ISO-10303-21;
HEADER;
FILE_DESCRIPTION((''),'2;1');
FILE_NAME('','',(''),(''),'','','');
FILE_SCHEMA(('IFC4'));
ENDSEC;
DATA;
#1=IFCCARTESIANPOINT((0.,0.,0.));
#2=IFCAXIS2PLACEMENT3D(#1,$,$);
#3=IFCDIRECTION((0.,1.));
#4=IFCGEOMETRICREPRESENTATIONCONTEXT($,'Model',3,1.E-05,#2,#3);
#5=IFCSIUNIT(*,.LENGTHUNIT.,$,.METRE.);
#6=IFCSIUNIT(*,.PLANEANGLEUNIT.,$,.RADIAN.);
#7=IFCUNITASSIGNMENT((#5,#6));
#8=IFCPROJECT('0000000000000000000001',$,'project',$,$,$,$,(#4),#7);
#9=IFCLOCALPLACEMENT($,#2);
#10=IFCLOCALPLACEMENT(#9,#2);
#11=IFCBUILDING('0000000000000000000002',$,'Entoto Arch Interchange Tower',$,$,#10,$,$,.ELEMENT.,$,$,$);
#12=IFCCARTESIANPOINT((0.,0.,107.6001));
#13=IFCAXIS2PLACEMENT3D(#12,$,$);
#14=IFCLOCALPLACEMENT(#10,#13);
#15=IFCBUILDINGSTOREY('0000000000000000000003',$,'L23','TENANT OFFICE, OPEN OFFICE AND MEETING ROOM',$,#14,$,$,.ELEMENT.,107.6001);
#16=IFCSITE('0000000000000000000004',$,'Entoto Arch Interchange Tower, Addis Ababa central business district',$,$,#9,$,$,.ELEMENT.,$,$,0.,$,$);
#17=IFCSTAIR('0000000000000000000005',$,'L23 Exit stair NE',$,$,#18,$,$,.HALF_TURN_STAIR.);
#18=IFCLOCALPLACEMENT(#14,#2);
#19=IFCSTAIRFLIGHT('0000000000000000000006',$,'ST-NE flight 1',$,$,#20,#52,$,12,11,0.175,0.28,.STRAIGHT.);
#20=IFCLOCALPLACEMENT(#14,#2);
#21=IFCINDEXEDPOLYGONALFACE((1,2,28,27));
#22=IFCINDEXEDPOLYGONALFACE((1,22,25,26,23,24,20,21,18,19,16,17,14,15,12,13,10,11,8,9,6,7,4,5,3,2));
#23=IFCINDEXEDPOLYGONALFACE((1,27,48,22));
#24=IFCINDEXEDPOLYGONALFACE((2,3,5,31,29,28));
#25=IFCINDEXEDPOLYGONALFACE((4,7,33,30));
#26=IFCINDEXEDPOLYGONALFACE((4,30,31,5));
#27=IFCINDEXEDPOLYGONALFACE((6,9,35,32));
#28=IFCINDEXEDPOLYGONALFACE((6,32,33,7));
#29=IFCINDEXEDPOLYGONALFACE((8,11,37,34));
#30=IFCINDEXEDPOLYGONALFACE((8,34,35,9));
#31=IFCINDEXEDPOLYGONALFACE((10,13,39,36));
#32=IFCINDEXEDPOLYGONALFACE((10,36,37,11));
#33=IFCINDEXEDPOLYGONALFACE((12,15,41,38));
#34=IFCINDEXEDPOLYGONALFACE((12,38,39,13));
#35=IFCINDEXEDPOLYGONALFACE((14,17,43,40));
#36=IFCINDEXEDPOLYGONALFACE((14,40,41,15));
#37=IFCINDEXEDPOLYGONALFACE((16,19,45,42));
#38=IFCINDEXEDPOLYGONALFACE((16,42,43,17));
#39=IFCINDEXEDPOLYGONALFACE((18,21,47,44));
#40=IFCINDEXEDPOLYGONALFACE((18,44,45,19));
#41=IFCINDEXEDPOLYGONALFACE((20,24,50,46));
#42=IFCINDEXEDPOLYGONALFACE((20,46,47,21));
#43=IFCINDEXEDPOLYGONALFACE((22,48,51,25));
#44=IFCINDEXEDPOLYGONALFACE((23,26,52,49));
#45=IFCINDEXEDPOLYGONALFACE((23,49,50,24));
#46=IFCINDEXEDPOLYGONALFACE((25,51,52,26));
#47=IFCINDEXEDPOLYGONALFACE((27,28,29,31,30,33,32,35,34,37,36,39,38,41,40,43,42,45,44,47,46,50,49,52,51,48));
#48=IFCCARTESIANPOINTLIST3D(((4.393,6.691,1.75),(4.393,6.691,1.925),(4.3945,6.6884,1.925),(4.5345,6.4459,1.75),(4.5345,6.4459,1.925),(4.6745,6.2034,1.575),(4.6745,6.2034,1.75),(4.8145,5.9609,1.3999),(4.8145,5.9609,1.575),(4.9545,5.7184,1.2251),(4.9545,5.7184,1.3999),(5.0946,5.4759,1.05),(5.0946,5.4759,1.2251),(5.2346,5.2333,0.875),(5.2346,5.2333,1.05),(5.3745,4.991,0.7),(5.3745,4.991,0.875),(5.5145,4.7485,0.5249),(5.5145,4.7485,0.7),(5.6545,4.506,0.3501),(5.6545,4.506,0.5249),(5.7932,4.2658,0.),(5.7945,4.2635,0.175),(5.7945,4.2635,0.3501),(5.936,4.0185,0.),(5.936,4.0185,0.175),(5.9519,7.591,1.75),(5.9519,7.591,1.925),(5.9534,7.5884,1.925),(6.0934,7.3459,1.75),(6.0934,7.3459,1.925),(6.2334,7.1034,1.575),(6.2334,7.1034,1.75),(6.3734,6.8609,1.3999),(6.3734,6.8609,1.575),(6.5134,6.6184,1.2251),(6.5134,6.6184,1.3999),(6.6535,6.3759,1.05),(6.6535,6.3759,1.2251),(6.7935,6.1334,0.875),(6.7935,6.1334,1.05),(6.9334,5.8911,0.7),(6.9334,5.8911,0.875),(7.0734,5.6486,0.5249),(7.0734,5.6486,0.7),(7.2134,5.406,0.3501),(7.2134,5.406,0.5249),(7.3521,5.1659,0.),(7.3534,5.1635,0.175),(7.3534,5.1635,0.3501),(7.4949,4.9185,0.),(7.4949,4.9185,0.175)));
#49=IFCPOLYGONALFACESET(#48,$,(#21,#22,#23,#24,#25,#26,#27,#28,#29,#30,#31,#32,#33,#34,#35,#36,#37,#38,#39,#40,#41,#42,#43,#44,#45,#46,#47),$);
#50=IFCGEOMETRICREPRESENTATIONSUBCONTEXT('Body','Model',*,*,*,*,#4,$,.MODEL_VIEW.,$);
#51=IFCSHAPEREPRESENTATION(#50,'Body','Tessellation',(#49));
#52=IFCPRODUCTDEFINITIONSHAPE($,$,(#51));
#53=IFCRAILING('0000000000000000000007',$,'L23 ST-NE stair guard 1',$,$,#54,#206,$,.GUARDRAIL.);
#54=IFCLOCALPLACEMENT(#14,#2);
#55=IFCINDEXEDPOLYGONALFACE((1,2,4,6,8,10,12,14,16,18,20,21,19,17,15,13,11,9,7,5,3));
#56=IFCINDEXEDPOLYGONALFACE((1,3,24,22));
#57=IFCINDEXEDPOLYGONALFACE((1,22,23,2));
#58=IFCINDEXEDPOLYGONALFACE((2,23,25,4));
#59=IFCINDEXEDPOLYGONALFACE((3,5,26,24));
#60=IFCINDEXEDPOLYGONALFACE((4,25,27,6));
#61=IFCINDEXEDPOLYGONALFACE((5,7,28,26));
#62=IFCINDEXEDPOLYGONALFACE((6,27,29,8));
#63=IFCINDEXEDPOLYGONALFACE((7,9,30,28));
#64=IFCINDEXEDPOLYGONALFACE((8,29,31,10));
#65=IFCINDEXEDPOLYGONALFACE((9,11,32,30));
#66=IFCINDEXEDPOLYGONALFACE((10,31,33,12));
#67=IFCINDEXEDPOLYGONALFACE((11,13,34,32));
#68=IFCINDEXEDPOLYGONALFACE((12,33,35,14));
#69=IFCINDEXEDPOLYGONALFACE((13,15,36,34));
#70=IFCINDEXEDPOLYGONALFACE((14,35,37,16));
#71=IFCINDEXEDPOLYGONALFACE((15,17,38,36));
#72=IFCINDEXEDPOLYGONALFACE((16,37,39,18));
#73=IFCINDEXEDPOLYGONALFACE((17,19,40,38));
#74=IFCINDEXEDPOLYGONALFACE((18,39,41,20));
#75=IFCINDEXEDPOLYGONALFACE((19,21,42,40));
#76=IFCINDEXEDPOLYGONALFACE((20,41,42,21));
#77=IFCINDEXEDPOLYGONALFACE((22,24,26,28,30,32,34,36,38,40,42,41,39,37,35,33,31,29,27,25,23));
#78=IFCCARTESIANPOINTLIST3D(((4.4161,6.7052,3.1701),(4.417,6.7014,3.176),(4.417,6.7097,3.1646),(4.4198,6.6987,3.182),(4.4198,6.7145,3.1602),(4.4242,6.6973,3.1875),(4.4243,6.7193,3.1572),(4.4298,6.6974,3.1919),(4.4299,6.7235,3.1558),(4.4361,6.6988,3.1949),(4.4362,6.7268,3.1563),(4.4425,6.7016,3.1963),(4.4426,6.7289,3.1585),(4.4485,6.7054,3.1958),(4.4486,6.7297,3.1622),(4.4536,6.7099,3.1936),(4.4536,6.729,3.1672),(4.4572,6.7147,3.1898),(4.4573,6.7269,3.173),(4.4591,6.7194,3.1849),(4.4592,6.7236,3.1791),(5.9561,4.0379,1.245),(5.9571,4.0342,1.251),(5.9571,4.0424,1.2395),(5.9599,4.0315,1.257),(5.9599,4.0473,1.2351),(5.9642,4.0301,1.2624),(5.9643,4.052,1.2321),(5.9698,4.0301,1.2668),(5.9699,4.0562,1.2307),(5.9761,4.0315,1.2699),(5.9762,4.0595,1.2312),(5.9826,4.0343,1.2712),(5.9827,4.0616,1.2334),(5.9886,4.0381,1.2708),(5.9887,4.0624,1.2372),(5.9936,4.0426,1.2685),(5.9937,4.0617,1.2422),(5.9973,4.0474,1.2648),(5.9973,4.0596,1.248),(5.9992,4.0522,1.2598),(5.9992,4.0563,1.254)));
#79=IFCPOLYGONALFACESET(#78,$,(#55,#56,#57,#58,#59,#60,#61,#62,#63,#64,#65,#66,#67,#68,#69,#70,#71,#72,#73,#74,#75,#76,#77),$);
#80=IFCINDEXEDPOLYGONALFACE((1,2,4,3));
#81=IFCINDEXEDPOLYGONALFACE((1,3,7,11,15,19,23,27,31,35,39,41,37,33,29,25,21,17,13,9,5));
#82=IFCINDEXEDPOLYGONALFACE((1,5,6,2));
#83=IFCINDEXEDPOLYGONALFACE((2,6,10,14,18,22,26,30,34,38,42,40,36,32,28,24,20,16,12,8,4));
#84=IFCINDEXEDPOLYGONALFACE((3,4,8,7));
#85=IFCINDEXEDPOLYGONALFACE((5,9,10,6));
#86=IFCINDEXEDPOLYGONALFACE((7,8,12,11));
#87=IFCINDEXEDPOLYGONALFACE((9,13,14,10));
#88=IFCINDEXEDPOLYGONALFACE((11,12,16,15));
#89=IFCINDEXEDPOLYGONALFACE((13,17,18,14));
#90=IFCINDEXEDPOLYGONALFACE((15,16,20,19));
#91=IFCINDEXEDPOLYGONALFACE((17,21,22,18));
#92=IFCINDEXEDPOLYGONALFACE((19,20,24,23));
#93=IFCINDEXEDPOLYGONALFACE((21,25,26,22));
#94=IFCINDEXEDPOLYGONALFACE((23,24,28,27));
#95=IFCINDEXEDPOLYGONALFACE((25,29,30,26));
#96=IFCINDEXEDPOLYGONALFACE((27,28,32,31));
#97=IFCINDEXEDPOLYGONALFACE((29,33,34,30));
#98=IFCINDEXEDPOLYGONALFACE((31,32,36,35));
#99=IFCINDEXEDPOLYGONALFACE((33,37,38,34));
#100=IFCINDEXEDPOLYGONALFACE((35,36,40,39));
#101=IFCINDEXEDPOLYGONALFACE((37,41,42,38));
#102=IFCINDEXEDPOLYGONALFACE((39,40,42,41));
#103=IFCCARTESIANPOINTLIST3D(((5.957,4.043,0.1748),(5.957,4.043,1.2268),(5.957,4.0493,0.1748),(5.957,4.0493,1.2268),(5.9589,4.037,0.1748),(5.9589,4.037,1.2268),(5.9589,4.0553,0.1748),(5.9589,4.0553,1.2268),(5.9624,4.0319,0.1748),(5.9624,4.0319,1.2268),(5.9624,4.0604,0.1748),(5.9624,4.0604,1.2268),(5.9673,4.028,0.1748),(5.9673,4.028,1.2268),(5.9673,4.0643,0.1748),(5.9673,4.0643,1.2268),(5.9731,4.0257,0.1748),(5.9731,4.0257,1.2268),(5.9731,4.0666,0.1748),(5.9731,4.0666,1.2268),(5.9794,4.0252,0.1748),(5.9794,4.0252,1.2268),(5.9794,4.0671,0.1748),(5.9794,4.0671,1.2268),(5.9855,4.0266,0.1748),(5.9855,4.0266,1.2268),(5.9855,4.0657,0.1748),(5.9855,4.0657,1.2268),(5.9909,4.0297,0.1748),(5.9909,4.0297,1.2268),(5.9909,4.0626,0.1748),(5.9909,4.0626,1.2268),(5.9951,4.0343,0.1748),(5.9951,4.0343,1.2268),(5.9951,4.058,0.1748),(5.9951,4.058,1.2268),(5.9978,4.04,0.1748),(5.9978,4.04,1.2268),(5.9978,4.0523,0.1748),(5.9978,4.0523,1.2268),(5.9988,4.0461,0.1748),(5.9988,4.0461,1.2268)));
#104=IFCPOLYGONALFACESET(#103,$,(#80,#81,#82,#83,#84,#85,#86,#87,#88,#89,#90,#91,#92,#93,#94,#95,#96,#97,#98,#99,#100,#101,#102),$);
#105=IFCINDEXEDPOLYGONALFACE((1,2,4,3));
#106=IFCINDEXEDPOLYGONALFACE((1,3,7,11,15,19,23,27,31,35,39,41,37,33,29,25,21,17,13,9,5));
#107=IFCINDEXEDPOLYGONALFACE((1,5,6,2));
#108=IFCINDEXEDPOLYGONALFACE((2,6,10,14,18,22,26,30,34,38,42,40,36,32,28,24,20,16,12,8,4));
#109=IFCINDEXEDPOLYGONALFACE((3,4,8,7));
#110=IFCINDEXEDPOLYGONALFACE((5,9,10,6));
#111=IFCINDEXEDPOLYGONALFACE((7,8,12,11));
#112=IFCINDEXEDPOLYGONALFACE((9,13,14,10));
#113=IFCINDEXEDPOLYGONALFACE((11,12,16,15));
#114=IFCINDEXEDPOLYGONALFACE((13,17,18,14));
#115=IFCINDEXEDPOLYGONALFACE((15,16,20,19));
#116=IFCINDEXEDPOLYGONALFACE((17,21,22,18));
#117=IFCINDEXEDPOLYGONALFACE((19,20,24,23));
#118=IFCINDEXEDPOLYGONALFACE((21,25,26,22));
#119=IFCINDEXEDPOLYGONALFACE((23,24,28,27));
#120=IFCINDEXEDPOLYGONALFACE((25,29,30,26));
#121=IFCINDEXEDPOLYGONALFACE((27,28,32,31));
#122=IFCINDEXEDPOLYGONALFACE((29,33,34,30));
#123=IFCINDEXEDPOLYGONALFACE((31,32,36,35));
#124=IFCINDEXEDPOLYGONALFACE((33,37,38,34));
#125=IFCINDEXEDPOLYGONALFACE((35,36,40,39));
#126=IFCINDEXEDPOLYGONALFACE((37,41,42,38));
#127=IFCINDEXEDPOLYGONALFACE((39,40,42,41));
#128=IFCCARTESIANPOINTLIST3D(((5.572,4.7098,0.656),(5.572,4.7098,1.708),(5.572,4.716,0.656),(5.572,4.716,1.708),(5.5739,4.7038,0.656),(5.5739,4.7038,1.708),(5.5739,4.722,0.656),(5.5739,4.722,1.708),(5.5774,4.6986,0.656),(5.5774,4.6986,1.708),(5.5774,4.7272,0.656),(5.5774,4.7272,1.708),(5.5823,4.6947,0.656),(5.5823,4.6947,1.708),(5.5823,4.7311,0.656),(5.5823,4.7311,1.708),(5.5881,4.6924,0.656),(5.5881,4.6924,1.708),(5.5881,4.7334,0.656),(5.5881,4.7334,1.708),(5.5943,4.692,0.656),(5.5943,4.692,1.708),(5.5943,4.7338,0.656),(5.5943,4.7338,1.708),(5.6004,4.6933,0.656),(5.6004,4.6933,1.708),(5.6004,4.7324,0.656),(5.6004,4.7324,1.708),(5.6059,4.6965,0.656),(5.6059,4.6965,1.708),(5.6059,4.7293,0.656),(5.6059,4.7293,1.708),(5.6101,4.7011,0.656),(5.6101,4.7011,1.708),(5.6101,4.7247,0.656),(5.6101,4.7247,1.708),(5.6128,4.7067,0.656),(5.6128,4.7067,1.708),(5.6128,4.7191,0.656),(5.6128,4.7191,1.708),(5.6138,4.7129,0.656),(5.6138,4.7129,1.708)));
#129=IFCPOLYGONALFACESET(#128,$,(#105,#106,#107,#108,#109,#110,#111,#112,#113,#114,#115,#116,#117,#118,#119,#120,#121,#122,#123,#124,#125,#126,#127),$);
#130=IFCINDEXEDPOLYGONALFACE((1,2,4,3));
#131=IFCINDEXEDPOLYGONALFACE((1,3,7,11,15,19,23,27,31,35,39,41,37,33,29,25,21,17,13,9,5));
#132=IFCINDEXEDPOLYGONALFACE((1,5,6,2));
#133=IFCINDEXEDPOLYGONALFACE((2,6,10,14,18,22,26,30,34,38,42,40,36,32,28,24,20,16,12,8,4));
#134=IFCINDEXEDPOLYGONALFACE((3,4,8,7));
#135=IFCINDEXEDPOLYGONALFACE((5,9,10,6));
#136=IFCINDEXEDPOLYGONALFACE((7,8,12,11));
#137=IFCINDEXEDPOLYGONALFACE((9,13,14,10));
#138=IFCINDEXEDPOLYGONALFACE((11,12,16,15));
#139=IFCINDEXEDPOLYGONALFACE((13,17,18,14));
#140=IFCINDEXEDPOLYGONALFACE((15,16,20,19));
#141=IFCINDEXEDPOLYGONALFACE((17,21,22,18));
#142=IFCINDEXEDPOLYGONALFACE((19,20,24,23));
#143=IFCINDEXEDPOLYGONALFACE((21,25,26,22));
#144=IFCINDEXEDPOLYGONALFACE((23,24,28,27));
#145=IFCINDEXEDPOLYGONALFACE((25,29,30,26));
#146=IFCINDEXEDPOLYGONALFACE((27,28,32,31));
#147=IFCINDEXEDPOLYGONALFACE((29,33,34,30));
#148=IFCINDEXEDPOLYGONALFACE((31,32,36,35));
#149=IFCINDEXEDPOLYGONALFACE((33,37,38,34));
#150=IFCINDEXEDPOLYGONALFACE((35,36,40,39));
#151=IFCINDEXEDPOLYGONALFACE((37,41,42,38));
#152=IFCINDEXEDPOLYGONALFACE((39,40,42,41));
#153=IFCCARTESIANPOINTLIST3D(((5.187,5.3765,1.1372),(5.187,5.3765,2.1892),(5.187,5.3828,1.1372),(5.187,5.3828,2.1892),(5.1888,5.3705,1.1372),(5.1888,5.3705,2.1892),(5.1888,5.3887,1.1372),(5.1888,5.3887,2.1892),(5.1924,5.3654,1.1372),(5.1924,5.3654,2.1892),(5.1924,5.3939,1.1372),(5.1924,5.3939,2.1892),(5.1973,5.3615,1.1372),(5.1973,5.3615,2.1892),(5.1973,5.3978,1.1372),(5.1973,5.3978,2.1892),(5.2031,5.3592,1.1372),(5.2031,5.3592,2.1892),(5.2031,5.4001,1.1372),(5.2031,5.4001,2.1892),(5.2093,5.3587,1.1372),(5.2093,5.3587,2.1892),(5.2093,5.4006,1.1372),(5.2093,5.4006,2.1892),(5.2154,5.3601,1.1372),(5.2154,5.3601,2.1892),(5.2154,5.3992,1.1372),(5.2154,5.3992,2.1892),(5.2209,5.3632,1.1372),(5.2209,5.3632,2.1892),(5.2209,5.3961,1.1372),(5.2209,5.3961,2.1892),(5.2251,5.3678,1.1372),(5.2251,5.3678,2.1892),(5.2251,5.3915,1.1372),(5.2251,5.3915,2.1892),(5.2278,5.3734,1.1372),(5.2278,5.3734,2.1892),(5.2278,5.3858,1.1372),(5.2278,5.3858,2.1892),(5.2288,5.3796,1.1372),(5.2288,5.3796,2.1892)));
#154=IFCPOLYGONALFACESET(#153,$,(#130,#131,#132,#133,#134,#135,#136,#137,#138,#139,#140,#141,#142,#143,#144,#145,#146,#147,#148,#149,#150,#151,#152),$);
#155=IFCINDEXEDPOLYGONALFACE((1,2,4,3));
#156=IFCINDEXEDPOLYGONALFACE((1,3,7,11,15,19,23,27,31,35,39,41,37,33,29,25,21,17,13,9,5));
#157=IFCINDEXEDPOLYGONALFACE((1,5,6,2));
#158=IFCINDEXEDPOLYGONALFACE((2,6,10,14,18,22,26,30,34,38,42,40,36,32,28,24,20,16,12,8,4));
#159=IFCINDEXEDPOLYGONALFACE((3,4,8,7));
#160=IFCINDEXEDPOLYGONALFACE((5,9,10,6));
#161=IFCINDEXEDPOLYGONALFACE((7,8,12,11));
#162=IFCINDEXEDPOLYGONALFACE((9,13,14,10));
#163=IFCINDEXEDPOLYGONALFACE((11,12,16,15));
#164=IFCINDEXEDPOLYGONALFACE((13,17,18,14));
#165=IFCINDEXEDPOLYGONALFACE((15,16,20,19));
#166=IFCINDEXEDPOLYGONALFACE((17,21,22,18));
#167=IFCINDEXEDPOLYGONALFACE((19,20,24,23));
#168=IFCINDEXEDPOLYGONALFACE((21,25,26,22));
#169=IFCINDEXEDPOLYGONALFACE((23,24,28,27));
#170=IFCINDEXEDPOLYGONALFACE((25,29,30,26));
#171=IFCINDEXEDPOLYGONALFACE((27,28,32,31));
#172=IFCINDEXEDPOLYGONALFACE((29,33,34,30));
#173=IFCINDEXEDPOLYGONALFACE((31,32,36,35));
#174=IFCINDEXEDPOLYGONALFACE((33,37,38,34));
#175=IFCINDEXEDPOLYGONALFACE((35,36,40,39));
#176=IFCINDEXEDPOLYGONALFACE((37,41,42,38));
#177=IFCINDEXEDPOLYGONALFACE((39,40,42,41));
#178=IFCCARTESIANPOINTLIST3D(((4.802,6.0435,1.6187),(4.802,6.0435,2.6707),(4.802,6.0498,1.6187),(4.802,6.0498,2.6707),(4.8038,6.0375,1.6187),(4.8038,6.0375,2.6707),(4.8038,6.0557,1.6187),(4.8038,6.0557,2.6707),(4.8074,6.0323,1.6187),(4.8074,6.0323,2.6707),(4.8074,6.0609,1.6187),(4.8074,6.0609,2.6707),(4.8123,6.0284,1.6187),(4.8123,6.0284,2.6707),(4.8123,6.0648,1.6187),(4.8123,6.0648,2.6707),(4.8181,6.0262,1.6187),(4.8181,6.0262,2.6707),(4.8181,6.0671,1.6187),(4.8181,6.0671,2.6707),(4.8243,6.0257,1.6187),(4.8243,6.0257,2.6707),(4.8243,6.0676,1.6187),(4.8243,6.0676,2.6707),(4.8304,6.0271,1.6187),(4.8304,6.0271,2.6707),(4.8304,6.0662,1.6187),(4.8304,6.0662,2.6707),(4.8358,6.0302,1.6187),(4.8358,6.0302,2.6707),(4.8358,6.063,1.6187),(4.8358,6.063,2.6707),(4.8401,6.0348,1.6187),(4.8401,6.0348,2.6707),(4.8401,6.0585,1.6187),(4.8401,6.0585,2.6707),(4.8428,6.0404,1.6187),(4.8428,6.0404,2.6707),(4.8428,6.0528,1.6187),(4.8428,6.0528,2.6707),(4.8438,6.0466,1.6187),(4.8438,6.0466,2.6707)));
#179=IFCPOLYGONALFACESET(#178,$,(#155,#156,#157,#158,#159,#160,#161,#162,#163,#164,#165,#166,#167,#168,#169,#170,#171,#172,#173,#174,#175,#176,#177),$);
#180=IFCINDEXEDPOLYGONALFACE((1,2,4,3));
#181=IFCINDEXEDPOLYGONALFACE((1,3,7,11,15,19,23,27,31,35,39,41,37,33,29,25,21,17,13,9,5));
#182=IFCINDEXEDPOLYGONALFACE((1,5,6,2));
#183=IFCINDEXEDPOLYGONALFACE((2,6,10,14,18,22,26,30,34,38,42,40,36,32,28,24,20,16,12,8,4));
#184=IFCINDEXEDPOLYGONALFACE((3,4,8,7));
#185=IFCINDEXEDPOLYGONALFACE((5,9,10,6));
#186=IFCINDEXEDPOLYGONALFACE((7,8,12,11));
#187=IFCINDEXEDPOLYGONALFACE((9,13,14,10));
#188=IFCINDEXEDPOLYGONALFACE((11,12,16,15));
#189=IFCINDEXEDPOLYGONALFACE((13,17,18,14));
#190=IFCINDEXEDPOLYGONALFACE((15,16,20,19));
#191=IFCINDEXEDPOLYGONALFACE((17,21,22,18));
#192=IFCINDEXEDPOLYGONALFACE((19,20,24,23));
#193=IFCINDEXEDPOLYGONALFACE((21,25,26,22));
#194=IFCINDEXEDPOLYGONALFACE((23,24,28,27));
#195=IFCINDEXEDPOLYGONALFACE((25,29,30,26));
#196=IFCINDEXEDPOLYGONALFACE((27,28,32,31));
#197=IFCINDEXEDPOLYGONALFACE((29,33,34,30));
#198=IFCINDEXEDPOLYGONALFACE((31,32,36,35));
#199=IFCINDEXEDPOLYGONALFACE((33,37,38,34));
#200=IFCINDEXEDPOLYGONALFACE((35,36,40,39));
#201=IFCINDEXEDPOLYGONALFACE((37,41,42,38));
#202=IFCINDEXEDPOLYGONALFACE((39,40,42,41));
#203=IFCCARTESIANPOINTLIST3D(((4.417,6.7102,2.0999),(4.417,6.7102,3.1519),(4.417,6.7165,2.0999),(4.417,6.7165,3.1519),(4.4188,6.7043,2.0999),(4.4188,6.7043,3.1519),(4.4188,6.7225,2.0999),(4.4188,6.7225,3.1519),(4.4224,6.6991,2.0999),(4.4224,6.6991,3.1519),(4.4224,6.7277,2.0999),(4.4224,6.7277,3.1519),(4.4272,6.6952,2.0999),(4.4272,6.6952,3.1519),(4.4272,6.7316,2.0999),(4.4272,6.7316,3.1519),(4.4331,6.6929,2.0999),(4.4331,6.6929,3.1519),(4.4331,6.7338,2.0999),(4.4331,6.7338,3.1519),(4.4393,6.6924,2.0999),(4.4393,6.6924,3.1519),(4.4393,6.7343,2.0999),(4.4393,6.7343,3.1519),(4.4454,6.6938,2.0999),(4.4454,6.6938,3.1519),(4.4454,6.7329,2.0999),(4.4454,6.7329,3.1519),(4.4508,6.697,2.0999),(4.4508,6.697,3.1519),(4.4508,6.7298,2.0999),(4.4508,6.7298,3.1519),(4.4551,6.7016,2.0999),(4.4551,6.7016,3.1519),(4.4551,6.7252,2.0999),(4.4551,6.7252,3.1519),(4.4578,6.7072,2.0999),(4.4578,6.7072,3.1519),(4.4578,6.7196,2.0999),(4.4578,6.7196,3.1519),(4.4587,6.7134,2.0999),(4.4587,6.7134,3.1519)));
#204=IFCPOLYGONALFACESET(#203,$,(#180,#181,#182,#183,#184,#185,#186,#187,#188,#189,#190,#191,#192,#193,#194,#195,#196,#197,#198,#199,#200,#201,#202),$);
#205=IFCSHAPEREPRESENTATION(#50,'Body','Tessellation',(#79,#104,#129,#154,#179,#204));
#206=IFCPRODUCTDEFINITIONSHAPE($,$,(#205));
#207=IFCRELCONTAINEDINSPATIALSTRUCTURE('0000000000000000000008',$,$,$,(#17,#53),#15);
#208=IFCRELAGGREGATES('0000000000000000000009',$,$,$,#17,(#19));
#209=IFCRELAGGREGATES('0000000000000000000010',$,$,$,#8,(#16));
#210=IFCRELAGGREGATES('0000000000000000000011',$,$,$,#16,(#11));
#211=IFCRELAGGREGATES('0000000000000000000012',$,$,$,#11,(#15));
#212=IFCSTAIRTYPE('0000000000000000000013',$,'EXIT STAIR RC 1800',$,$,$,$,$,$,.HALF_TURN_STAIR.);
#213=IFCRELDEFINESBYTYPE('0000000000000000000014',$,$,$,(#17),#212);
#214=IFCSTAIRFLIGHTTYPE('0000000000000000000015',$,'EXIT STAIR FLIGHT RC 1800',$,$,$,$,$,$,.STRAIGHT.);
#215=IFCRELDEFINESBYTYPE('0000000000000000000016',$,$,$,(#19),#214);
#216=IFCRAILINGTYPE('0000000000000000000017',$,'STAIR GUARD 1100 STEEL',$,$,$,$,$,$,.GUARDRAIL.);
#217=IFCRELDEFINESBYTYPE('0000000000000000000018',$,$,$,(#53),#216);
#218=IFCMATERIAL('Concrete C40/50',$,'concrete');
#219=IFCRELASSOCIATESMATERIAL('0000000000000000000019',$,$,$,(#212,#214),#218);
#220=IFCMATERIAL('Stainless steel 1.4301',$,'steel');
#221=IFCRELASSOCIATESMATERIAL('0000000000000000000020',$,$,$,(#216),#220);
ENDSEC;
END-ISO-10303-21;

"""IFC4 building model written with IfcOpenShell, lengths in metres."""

from ifc_helpers import new_model, si_unit, direction, frame, origin, origin_2d, place, context, subcontext, project, spatial, polyline, circle, outline, extrude, material, type_object, element, aggregate, save


model = new_model("IFC4")

# Units and contexts
model_context = context("Model", 3, precision=1e-05, world=origin(), true_north=direction((0.0, 1.0)))
body_context = subcontext(model_context, "Body", "Model", "MODEL_VIEW")
ifc_project = project(units=[si_unit("LENGTHUNIT", "METRE"), si_unit("PLANEANGLEUNIT", "RADIAN")], contexts=[model_context])

# Site, building, storey
site_placement = place(None, origin())
site = spatial("IfcSite", under=ifc_project, at=site_placement, Name="Entoto Arch Interchange Tower, Addis Ababa central business district", CompositionType="ELEMENT", RefElevation=0.0)
building_placement = place(site_placement, origin())
building = spatial("IfcBuilding", under=site, at=building_placement, Name="Entoto Arch Interchange Tower", CompositionType="ELEMENT")
storey_placement = place(building_placement, frame((0.0, 0.0, 107.6001)))
storey = spatial("IfcBuildingStorey", under=building, at=storey_placement, Name="L23", Description="TENANT OFFICE, OPEN OFFICE AND MEETING ROOM", CompositionType="ELEMENT", Elevation=107.6001)

# Shared definitions
ifc_material_1 = material(Name="Concrete C40/50", Category="concrete")

# Stair, stair flight
stair_type = type_object("IfcStairType", Name="EXIT STAIR RC 1800", PredefinedType="HALF_TURN_STAIR", material=ifc_material_1)
stair_placement = place(storey_placement, origin())
stair = element("IfcStair", 1, at=stair_placement, inside=storey, type_object=stair_type, Name="L23 Exit stair NE", PredefinedType="HALF_TURN_STAIR")
stair_flight_type = type_object("IfcStairFlightType", Name="EXIT STAIR FLIGHT RC 1800", PredefinedType="STRAIGHT", material=ifc_material_1)
stair_flight_placement = place(storey_placement, frame((6.7139, 4.4709, 0.0), z_axis=(0.0, 0.0, 1.0), x_axis=(-0.5, 0.866025, 0.0)))
stair_flight = element("IfcStairFlight", 2, at=stair_flight_placement, type_object=stair_flight_type, Name="ST-NE flight 1", NumberOfRisers=12, NumberOfTreads=11, PredefinedType="STRAIGHT", RiserHeight=0.175, TreadLength=0.28, context=body_context, shape_type="SweptSolid", body=[
    extrude(outline(polyline([(-0.0029, 0.0), (-0.0029, 0.175), (0.28, 0.175), (0.28, 0.3501), (0.5601, 0.3501), (0.5601, 0.5249), (0.8401, 0.5249), (0.8401, 0.7), (1.1201, 0.7), (1.1201, 0.875), (1.3999, 0.875), (1.3999, 1.05), (1.6799, 1.05), (1.6799, 1.2251), (1.96, 1.2251), (1.96, 1.3999), (2.24, 1.3999), (2.24, 1.575), (2.52, 1.575), (2.52, 1.75), (2.8, 1.75), (2.8, 1.925), (3.0801, 1.925), (3.083, 1.925), (3.083, 1.75), (0.2827, 0.0), (-0.0029, 0.0)])), frame((0.0, 0.8999, 0.0), z_axis=(0.0, -1.0, 0.0), x_axis=(1.0, 0.0, 0.0)), (0.0, 0.0, 1.0), 1.8),
])
aggregate(stair, [stair_flight])

# Railing
ifc_material_2 = material(Name="Stainless steel 1.4301", Category="steel")
railing_type_1 = type_object("IfcRailingType", Name="STAIR GUARD 1100 STEEL", PredefinedType="GUARDRAIL", material=ifc_material_2)
railing_1_placement = place(storey_placement, frame((5.9778, 4.0461, 0.1748)))
element("IfcRailing", 3, at=railing_1_placement, inside=storey, type_object=railing_type_1, Name="L23 ST-NE stair guard 1", PredefinedType="GUARDRAIL", context=body_context, shape_type="SweptSolid", body=[
    extrude(circle(Radius=0.0239, at=origin_2d()), frame((0.0, 0.0, 1.0762), z_axis=(-0.424015, 0.734364, 0.530019), x_axis=(-0.86601, -0.500027, 0.0)), (0.0, 0.0, 1.0), 3.6321),
    extrude(circle(Radius=0.021, at=origin_2d()), origin(), (0.0, 0.0, 1.0), 1.052),
    extrude(circle(Radius=0.021, at=origin_2d()), frame((-0.385, 0.6667, 0.4812)), (0.0, 0.0, 1.0), 1.052),
    extrude(circle(Radius=0.021, at=origin_2d()), frame((-0.77, 1.3335, 0.9624)), (0.0, 0.0, 1.0), 1.052),
    extrude(circle(Radius=0.021, at=origin_2d()), frame((-1.155, 2.0005, 1.4438)), (0.0, 0.0, 1.0), 1.052),
    extrude(circle(Radius=0.021, at=origin_2d()), frame((-1.54, 2.6672, 1.925)), (0.0, 0.0, 1.0), 1.052),
])

save(model, "model.ifc")
